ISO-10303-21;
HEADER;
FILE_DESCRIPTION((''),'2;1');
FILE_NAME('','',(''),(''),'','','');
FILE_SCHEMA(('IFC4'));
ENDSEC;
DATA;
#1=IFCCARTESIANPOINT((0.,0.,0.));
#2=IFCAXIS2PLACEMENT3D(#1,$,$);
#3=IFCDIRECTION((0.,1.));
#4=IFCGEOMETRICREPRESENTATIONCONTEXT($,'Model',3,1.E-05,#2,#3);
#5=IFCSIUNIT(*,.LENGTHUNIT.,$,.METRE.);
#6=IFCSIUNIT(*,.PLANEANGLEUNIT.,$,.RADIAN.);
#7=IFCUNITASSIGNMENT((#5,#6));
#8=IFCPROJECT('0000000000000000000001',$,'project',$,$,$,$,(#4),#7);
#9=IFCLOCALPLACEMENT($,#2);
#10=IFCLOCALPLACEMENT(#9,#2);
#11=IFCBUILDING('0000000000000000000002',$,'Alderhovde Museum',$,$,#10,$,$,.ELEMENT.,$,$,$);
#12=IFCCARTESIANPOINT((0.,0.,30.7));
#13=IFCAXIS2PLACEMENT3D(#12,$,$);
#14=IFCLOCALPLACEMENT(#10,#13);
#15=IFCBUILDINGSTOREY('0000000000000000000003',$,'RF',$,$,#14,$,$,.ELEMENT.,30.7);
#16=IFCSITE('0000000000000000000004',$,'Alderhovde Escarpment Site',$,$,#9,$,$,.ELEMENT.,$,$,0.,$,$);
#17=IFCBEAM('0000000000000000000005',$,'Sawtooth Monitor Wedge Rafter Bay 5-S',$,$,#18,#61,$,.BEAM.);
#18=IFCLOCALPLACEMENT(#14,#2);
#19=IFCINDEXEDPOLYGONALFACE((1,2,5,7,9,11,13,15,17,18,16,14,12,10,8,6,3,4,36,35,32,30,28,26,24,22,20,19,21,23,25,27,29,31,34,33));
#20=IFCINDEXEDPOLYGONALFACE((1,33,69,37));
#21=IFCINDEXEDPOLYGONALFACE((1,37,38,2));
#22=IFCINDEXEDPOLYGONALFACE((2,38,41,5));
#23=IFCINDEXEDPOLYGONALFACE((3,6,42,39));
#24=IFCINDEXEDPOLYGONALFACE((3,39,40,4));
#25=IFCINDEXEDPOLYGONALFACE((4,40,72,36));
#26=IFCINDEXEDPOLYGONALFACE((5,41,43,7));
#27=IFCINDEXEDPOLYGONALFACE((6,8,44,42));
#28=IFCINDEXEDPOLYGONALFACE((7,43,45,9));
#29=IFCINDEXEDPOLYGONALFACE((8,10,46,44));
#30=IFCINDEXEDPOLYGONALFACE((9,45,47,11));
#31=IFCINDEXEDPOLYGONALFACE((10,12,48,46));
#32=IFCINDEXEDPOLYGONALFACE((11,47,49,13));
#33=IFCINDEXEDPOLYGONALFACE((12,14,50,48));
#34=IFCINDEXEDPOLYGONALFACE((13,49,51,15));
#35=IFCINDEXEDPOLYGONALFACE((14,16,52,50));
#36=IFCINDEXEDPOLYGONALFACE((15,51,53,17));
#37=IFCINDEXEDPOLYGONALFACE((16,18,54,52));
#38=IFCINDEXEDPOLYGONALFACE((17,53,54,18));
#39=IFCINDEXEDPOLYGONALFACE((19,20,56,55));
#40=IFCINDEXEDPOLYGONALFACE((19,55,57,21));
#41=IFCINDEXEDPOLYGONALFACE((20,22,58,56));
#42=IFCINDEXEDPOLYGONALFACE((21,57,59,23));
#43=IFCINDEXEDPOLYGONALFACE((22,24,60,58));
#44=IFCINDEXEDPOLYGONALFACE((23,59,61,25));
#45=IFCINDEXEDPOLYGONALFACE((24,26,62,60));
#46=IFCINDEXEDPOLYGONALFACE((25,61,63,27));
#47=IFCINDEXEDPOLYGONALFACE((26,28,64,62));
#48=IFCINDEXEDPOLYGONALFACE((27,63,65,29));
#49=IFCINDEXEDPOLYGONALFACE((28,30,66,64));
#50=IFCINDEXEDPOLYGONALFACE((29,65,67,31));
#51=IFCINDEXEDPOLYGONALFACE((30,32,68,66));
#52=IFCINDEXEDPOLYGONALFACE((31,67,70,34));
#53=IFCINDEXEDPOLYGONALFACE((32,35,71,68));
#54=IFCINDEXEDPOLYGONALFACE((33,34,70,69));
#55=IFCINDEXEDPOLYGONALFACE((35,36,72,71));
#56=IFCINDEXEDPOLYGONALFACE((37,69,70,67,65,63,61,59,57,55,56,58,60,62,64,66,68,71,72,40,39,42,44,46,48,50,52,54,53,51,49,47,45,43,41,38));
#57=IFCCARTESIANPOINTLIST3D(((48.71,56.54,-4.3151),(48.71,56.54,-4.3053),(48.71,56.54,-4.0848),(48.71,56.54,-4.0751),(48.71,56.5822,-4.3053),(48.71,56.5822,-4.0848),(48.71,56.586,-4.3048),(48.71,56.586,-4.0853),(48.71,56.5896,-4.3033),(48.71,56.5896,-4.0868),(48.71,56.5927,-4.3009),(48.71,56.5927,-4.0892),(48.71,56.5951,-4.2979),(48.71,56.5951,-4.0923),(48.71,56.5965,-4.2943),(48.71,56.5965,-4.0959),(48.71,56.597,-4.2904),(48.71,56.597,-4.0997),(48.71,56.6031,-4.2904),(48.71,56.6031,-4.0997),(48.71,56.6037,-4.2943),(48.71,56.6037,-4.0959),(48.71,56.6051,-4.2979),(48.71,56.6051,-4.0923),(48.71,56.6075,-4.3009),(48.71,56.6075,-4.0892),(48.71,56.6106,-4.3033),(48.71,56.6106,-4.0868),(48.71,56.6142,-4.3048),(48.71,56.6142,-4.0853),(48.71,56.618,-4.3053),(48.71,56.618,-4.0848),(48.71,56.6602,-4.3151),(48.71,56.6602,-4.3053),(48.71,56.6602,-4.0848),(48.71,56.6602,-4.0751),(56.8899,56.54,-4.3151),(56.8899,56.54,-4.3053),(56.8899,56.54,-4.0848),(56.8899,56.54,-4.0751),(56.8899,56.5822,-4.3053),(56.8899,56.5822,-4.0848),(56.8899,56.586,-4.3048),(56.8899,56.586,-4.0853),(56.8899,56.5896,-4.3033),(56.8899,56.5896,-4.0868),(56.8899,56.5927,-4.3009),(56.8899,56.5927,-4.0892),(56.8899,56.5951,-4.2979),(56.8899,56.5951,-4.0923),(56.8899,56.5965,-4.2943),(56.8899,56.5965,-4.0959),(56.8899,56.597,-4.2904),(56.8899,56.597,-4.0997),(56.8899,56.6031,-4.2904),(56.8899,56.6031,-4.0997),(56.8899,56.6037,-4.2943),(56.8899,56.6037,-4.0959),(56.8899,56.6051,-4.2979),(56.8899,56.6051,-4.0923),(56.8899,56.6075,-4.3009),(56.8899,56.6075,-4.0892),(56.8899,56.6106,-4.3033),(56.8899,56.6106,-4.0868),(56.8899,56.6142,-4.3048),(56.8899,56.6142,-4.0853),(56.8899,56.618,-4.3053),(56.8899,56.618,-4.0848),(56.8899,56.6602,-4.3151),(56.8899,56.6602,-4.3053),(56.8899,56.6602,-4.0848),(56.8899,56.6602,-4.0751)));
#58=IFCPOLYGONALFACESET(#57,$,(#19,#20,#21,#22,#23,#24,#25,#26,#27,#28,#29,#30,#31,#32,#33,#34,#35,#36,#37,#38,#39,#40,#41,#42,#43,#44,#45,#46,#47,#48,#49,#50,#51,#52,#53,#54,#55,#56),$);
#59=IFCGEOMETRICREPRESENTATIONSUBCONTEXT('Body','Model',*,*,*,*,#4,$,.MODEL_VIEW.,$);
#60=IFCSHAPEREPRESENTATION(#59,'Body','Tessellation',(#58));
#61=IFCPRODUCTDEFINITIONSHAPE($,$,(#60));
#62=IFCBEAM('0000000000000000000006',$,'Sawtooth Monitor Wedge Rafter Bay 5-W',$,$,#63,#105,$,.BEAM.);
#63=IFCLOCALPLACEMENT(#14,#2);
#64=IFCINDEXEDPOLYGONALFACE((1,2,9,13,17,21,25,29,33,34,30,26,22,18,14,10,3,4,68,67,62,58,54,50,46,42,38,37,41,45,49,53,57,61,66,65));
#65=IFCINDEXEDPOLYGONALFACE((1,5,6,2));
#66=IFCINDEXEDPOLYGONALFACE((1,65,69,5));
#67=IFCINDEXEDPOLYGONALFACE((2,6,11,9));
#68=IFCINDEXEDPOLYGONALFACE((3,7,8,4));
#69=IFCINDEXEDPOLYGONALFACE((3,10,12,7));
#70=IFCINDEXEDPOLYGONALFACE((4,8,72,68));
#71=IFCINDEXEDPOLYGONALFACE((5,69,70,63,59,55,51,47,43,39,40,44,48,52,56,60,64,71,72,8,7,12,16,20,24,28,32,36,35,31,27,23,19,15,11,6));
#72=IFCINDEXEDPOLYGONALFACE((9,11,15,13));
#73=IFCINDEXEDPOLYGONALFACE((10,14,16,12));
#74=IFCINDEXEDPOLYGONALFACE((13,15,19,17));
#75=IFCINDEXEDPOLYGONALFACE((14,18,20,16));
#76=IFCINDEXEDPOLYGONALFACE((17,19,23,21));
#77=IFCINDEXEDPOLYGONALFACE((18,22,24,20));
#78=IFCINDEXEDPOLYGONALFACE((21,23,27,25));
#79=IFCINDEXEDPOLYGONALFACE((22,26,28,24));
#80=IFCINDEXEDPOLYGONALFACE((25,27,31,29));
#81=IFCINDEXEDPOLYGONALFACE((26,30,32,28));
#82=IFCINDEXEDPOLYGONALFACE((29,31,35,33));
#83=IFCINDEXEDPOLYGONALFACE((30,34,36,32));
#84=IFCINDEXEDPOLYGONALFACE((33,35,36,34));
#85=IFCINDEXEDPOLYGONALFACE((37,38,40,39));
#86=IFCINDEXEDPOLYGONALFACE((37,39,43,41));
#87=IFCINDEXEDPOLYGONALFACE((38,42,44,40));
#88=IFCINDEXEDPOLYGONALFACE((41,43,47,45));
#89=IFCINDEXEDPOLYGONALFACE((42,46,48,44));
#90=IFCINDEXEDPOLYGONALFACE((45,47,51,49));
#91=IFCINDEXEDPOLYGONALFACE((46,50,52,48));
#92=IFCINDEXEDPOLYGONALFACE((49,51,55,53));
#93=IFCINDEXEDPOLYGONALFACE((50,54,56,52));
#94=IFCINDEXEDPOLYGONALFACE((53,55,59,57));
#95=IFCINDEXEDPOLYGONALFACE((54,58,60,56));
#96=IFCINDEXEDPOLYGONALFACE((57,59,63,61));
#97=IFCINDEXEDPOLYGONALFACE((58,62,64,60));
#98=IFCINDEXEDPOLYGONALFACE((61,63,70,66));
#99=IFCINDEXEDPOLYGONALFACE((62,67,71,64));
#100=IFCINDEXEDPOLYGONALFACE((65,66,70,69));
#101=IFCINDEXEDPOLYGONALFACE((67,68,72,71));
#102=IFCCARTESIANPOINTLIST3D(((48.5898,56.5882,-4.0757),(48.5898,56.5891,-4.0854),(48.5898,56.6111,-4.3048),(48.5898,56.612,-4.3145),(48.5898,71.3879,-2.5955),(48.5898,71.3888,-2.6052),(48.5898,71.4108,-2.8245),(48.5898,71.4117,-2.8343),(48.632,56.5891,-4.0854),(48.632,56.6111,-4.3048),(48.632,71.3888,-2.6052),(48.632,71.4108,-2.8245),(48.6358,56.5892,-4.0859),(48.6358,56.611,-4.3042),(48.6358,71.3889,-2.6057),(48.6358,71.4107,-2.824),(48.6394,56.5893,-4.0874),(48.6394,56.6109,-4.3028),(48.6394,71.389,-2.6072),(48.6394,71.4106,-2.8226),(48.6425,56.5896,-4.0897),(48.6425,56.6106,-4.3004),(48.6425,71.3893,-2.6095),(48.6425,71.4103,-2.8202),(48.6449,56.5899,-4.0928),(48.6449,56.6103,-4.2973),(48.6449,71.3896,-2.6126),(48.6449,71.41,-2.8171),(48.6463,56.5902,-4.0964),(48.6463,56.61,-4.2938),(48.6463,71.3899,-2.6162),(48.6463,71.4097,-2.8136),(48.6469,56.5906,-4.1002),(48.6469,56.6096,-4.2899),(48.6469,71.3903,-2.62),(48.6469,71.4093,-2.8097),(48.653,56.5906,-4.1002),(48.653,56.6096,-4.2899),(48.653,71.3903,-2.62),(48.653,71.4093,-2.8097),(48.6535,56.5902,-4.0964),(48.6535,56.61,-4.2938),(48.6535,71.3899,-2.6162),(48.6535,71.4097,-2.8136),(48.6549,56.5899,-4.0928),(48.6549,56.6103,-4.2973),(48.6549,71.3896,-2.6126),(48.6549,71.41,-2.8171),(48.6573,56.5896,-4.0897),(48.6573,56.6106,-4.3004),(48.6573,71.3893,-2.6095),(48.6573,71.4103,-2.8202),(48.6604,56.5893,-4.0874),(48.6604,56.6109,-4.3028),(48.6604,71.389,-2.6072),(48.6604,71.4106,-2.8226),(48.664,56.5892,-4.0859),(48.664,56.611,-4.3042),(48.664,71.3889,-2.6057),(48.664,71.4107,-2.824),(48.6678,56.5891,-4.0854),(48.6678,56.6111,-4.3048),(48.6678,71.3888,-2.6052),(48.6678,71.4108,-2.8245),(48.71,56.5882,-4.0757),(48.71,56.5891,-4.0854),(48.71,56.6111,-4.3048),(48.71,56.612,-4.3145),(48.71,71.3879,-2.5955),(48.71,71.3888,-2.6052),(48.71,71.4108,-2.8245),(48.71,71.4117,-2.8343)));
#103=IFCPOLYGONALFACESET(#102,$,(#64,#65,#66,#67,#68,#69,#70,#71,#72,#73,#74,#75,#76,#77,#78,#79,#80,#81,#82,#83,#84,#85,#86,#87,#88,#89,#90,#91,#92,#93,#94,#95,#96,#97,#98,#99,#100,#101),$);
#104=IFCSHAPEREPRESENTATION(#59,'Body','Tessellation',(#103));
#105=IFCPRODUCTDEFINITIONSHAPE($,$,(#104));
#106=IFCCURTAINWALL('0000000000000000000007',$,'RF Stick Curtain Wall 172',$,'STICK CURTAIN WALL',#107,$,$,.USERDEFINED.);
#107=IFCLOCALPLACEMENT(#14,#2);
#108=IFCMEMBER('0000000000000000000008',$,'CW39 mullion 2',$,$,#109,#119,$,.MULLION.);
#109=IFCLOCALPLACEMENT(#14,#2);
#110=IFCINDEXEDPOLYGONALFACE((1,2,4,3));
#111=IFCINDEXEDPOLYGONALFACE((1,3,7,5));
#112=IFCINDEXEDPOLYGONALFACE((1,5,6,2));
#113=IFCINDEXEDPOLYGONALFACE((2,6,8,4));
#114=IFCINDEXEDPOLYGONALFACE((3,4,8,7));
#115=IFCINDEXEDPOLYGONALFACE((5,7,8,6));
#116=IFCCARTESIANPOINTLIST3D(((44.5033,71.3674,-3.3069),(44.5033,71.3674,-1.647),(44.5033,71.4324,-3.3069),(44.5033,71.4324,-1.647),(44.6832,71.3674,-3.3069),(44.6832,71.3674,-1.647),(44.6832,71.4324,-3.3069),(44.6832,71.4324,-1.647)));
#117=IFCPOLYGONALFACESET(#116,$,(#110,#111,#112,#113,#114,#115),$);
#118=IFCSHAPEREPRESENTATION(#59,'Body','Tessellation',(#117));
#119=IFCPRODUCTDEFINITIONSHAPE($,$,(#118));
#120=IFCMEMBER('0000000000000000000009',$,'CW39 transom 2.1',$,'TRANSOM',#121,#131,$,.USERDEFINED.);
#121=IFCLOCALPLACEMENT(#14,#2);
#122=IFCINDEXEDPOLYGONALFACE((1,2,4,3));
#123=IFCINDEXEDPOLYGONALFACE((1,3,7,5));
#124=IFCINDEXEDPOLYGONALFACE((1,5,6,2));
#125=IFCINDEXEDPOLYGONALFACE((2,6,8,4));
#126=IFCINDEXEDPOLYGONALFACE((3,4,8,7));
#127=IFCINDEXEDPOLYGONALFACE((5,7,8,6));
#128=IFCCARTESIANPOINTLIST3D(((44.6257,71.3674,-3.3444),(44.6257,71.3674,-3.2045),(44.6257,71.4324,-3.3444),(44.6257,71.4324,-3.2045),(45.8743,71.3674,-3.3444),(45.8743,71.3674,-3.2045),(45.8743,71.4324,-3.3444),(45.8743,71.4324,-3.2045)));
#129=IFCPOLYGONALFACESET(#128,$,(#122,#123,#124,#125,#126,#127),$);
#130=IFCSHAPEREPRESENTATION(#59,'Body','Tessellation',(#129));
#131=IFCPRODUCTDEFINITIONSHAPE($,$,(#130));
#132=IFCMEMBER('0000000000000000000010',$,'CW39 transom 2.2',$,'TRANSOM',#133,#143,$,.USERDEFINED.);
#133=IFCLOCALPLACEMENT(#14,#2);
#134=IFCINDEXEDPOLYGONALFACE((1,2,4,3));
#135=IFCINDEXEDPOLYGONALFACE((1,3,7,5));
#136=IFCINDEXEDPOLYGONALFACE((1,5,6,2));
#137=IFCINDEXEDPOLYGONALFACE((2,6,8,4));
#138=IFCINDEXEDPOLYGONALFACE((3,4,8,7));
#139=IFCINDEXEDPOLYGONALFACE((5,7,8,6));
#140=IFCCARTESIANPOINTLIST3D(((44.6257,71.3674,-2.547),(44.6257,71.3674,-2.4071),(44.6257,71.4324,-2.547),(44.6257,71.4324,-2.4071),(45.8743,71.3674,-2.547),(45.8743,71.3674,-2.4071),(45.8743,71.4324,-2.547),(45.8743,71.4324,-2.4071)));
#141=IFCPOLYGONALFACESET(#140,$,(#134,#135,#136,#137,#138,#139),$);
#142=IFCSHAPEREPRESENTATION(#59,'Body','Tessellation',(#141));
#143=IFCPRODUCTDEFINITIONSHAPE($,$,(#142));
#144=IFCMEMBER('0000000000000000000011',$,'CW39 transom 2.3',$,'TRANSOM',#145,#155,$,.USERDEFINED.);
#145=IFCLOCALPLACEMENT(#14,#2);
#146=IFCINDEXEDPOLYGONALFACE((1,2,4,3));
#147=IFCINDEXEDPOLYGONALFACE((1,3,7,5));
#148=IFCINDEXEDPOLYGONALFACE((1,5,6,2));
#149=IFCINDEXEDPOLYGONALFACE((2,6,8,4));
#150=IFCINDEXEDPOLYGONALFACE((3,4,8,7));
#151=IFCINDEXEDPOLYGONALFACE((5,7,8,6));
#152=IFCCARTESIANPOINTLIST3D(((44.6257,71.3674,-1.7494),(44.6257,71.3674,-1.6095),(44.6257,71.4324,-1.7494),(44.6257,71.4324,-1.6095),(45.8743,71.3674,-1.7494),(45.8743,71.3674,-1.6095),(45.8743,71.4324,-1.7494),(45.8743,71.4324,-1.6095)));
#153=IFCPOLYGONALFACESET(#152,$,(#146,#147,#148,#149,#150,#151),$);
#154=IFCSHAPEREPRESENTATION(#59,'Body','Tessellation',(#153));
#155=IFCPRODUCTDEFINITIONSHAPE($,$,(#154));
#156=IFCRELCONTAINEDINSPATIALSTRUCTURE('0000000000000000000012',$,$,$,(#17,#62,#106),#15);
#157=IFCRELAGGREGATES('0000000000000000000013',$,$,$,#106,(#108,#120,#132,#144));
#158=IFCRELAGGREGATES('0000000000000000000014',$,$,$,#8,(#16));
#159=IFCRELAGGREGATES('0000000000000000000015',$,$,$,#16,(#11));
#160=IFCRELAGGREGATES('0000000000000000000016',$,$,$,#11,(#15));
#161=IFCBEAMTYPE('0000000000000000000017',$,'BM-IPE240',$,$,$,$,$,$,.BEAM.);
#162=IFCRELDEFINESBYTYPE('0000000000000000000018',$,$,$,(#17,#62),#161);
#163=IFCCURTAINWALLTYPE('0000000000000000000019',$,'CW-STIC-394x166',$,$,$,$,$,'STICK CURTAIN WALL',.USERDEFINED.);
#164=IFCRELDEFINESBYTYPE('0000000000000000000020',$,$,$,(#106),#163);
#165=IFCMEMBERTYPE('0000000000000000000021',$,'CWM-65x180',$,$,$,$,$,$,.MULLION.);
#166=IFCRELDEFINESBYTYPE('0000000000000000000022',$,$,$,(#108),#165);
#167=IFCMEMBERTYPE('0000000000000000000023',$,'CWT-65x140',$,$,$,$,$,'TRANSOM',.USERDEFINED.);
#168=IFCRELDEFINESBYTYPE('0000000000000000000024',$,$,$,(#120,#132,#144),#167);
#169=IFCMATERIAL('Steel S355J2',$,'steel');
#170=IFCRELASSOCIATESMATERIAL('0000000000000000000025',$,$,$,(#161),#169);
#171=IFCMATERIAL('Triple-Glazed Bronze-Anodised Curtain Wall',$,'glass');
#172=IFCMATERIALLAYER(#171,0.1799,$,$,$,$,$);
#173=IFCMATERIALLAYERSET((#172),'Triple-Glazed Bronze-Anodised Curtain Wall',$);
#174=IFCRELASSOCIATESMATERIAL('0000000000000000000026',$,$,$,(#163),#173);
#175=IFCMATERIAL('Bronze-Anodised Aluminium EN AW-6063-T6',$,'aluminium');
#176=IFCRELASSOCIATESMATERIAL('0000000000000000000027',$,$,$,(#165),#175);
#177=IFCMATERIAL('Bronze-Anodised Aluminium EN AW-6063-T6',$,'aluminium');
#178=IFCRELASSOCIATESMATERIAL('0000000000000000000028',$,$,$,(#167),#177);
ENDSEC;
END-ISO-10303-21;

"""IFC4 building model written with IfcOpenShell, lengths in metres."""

from ifc_helpers import new_model, si_unit, direction, frame, origin, origin_2d, place, context, subcontext, project, spatial, rectangle, i_section, extrude, material, layer, layer_set, material_profile, profile_set, type_object, element, aggregate, save


model = new_model("IFC4")

# Units and contexts
model_context = context("Model", 3, precision=1e-05, world=origin(), true_north=direction((0.0, 1.0)))
body_context = subcontext(model_context, "Body", "Model", "MODEL_VIEW")
ifc_project = project(units=[si_unit("LENGTHUNIT", "METRE"), si_unit("PLANEANGLEUNIT", "RADIAN")], contexts=[model_context])

# Site, building, storey
site_placement = place(None, origin())
site = spatial("IfcSite", under=ifc_project, at=site_placement, Name="Alderhovde Escarpment Site", CompositionType="ELEMENT", RefElevation=0.0)
building_placement = place(site_placement, origin())
building = spatial("IfcBuilding", under=site, at=building_placement, Name="Alderhovde Museum", CompositionType="ELEMENT")
storey_placement = place(building_placement, frame((0.0, 0.0, 30.7)))
storey = spatial("IfcBuildingStorey", under=building, at=storey_placement, Name="RF", CompositionType="ELEMENT", Elevation=30.7)

# Beams
ifc_material_1 = material(Name="Steel S355J2", Category="steel")
ifc_material_profile_1 = material_profile(ifc_material_1, i_section(OverallWidth=0.1201, OverallDepth=0.24, WebThickness=0.0061, FlangeThickness=0.0098, FilletRadius=0.0149, at=origin_2d()), Name="IPE 240")
ifc_profile_set_1 = profile_set([ifc_material_profile_1], Name="Steel S355J2")
beam_type_1 = type_object("IfcBeamType", Name="BM-IPE240", PredefinedType="BEAM", material=ifc_profile_set_1)
beam_1_placement = place(storey_placement, frame((48.71, 56.6001, -4.1951), z_axis=(1.0, 0.0, 0.0), x_axis=(0.0, 1.0, 0.0)))
element("IfcBeam", 1, at=beam_1_placement, inside=storey, type_object=beam_type_1, Name="Sawtooth Monitor Wedge Rafter Bay 5-S", PredefinedType="BEAM", context=body_context, shape_type="SweptSolid", body=[
    extrude(i_section(OverallWidth=0.1201, OverallDepth=0.24, WebThickness=0.0061, FlangeThickness=0.0098, FilletRadius=0.0149, at=origin_2d()), origin(), (0.0, 0.0, 1.0), 8.1799),
])
beam_2_placement = place(storey_placement, frame((48.6499, 56.6001, -4.1951), z_axis=(0.0, 0.995036, 0.09952), x_axis=(-1.0, 0.0, 0.0)))
element("IfcBeam", 2, at=beam_2_placement, inside=storey, type_object=beam_type_1, Name="Sawtooth Monitor Wedge Rafter Bay 5-W", PredefinedType="BEAM", context=body_context, shape_type="SweptSolid", body=[
    extrude(i_section(OverallWidth=0.1201, OverallDepth=0.24, WebThickness=0.0061, FlangeThickness=0.0098, FilletRadius=0.0149, at=origin_2d()), origin(), (0.0, 0.0, 1.0), 14.8735),
])

# Curtain wall, members
ifc_material_2 = material(Name="Triple-Glazed Bronze-Anodised Curtain Wall", Category="glass")
ifc_layer_1 = layer(ifc_material_2, 0.1799)
ifc_layer_set_1 = layer_set([ifc_layer_1], Name="Triple-Glazed Bronze-Anodised Curtain Wall")
curtain_wall_type = type_object("IfcCurtainWallType", Name="CW-STIC-394x166", ElementType="STICK CURTAIN WALL", PredefinedType="USERDEFINED", material=ifc_layer_set_1)
curtain_wall_placement = place(storey_placement, origin())
curtain_wall = element("IfcCurtainWall", 3, at=curtain_wall_placement, inside=storey, type_object=curtain_wall_type, Name="RF Stick Curtain Wall 172", ObjectType="STICK CURTAIN WALL", PredefinedType="USERDEFINED")
ifc_material_3 = material(Name="Bronze-Anodised Aluminium EN AW-6063-T6", Category="aluminium")
ifc_material_profile_2 = material_profile(ifc_material_3, rectangle(XDim=0.0649, YDim=0.1799, at=origin_2d()), Name="MULLION 65x180")
ifc_profile_set_2 = profile_set([ifc_material_profile_2], Name="Bronze-Anodised Aluminium EN AW-6063-T6")
member_type_1 = type_object("IfcMemberType", Name="CWM-65x180", PredefinedType="MULLION", material=ifc_profile_set_2)
member_1_placement = place(storey_placement, frame((44.5933, 71.3999, -3.3069), z_axis=(0.0, 0.0, 1.0), x_axis=(0.0, 1.0, 0.0)))
member_1 = element("IfcMember", 4, at=member_1_placement, type_object=member_type_1, Name="CW39 mullion 2", PredefinedType="MULLION", context=body_context, shape_type="SweptSolid", body=[
    extrude(rectangle(XDim=0.0649, YDim=0.1799, at=origin_2d()), origin(), (0.0, 0.0, 1.0), 1.6599),
])
ifc_material_4 = material(Name="Bronze-Anodised Aluminium EN AW-6063-T6", Category="aluminium")
ifc_material_profile_3 = material_profile(ifc_material_4, rectangle(XDim=0.0649, YDim=0.1399, at=origin_2d()), Name="TRANSOM 65x140")
ifc_profile_set_3 = profile_set([ifc_material_profile_3], Name="Bronze-Anodised Aluminium EN AW-6063-T6")
member_type_2 = type_object("IfcMemberType", Name="CWT-65x140", ElementType="TRANSOM", PredefinedType="USERDEFINED", material=ifc_profile_set_3)
member_2_placement = place(storey_placement, frame((44.6257, 71.3999, -3.2744), z_axis=(1.0, 0.0, 0.0), x_axis=(0.0, 1.0, 0.0)))
member_2 = element("IfcMember", 5, at=member_2_placement, type_object=member_type_2, Name="CW39 transom 2.1", ObjectType="TRANSOM", PredefinedType="USERDEFINED", context=body_context, shape_type="SweptSolid", body=[
    extrude(rectangle(XDim=0.0649, YDim=0.1399, at=origin_2d()), origin(), (0.0, 0.0, 1.0), 1.2485),
])
member_3_placement = place(storey_placement, frame((44.6257, 71.3999, -2.4771), z_axis=(1.0, 0.0, 0.0), x_axis=(0.0, 1.0, 0.0)))
member_3 = element("IfcMember", 6, at=member_3_placement, type_object=member_type_2, Name="CW39 transom 2.2", ObjectType="TRANSOM", PredefinedType="USERDEFINED", context=body_context, shape_type="SweptSolid", body=[
    extrude(rectangle(XDim=0.0649, YDim=0.1399, at=origin_2d()), origin(), (0.0, 0.0, 1.0), 1.2485),
])
member_4_placement = place(storey_placement, frame((44.6257, 71.3999, -1.6794), z_axis=(1.0, 0.0, 0.0), x_axis=(0.0, 1.0, 0.0)))
member_4 = element("IfcMember", 7, at=member_4_placement, type_object=member_type_2, Name="CW39 transom 2.3", ObjectType="TRANSOM", PredefinedType="USERDEFINED", context=body_context, shape_type="SweptSolid", body=[
    extrude(rectangle(XDim=0.0649, YDim=0.1399, at=origin_2d()), origin(), (0.0, 0.0, 1.0), 1.2485),
])

aggregate(curtain_wall, [member_1, member_2, member_3, member_4])

save(model, "model.ifc")
